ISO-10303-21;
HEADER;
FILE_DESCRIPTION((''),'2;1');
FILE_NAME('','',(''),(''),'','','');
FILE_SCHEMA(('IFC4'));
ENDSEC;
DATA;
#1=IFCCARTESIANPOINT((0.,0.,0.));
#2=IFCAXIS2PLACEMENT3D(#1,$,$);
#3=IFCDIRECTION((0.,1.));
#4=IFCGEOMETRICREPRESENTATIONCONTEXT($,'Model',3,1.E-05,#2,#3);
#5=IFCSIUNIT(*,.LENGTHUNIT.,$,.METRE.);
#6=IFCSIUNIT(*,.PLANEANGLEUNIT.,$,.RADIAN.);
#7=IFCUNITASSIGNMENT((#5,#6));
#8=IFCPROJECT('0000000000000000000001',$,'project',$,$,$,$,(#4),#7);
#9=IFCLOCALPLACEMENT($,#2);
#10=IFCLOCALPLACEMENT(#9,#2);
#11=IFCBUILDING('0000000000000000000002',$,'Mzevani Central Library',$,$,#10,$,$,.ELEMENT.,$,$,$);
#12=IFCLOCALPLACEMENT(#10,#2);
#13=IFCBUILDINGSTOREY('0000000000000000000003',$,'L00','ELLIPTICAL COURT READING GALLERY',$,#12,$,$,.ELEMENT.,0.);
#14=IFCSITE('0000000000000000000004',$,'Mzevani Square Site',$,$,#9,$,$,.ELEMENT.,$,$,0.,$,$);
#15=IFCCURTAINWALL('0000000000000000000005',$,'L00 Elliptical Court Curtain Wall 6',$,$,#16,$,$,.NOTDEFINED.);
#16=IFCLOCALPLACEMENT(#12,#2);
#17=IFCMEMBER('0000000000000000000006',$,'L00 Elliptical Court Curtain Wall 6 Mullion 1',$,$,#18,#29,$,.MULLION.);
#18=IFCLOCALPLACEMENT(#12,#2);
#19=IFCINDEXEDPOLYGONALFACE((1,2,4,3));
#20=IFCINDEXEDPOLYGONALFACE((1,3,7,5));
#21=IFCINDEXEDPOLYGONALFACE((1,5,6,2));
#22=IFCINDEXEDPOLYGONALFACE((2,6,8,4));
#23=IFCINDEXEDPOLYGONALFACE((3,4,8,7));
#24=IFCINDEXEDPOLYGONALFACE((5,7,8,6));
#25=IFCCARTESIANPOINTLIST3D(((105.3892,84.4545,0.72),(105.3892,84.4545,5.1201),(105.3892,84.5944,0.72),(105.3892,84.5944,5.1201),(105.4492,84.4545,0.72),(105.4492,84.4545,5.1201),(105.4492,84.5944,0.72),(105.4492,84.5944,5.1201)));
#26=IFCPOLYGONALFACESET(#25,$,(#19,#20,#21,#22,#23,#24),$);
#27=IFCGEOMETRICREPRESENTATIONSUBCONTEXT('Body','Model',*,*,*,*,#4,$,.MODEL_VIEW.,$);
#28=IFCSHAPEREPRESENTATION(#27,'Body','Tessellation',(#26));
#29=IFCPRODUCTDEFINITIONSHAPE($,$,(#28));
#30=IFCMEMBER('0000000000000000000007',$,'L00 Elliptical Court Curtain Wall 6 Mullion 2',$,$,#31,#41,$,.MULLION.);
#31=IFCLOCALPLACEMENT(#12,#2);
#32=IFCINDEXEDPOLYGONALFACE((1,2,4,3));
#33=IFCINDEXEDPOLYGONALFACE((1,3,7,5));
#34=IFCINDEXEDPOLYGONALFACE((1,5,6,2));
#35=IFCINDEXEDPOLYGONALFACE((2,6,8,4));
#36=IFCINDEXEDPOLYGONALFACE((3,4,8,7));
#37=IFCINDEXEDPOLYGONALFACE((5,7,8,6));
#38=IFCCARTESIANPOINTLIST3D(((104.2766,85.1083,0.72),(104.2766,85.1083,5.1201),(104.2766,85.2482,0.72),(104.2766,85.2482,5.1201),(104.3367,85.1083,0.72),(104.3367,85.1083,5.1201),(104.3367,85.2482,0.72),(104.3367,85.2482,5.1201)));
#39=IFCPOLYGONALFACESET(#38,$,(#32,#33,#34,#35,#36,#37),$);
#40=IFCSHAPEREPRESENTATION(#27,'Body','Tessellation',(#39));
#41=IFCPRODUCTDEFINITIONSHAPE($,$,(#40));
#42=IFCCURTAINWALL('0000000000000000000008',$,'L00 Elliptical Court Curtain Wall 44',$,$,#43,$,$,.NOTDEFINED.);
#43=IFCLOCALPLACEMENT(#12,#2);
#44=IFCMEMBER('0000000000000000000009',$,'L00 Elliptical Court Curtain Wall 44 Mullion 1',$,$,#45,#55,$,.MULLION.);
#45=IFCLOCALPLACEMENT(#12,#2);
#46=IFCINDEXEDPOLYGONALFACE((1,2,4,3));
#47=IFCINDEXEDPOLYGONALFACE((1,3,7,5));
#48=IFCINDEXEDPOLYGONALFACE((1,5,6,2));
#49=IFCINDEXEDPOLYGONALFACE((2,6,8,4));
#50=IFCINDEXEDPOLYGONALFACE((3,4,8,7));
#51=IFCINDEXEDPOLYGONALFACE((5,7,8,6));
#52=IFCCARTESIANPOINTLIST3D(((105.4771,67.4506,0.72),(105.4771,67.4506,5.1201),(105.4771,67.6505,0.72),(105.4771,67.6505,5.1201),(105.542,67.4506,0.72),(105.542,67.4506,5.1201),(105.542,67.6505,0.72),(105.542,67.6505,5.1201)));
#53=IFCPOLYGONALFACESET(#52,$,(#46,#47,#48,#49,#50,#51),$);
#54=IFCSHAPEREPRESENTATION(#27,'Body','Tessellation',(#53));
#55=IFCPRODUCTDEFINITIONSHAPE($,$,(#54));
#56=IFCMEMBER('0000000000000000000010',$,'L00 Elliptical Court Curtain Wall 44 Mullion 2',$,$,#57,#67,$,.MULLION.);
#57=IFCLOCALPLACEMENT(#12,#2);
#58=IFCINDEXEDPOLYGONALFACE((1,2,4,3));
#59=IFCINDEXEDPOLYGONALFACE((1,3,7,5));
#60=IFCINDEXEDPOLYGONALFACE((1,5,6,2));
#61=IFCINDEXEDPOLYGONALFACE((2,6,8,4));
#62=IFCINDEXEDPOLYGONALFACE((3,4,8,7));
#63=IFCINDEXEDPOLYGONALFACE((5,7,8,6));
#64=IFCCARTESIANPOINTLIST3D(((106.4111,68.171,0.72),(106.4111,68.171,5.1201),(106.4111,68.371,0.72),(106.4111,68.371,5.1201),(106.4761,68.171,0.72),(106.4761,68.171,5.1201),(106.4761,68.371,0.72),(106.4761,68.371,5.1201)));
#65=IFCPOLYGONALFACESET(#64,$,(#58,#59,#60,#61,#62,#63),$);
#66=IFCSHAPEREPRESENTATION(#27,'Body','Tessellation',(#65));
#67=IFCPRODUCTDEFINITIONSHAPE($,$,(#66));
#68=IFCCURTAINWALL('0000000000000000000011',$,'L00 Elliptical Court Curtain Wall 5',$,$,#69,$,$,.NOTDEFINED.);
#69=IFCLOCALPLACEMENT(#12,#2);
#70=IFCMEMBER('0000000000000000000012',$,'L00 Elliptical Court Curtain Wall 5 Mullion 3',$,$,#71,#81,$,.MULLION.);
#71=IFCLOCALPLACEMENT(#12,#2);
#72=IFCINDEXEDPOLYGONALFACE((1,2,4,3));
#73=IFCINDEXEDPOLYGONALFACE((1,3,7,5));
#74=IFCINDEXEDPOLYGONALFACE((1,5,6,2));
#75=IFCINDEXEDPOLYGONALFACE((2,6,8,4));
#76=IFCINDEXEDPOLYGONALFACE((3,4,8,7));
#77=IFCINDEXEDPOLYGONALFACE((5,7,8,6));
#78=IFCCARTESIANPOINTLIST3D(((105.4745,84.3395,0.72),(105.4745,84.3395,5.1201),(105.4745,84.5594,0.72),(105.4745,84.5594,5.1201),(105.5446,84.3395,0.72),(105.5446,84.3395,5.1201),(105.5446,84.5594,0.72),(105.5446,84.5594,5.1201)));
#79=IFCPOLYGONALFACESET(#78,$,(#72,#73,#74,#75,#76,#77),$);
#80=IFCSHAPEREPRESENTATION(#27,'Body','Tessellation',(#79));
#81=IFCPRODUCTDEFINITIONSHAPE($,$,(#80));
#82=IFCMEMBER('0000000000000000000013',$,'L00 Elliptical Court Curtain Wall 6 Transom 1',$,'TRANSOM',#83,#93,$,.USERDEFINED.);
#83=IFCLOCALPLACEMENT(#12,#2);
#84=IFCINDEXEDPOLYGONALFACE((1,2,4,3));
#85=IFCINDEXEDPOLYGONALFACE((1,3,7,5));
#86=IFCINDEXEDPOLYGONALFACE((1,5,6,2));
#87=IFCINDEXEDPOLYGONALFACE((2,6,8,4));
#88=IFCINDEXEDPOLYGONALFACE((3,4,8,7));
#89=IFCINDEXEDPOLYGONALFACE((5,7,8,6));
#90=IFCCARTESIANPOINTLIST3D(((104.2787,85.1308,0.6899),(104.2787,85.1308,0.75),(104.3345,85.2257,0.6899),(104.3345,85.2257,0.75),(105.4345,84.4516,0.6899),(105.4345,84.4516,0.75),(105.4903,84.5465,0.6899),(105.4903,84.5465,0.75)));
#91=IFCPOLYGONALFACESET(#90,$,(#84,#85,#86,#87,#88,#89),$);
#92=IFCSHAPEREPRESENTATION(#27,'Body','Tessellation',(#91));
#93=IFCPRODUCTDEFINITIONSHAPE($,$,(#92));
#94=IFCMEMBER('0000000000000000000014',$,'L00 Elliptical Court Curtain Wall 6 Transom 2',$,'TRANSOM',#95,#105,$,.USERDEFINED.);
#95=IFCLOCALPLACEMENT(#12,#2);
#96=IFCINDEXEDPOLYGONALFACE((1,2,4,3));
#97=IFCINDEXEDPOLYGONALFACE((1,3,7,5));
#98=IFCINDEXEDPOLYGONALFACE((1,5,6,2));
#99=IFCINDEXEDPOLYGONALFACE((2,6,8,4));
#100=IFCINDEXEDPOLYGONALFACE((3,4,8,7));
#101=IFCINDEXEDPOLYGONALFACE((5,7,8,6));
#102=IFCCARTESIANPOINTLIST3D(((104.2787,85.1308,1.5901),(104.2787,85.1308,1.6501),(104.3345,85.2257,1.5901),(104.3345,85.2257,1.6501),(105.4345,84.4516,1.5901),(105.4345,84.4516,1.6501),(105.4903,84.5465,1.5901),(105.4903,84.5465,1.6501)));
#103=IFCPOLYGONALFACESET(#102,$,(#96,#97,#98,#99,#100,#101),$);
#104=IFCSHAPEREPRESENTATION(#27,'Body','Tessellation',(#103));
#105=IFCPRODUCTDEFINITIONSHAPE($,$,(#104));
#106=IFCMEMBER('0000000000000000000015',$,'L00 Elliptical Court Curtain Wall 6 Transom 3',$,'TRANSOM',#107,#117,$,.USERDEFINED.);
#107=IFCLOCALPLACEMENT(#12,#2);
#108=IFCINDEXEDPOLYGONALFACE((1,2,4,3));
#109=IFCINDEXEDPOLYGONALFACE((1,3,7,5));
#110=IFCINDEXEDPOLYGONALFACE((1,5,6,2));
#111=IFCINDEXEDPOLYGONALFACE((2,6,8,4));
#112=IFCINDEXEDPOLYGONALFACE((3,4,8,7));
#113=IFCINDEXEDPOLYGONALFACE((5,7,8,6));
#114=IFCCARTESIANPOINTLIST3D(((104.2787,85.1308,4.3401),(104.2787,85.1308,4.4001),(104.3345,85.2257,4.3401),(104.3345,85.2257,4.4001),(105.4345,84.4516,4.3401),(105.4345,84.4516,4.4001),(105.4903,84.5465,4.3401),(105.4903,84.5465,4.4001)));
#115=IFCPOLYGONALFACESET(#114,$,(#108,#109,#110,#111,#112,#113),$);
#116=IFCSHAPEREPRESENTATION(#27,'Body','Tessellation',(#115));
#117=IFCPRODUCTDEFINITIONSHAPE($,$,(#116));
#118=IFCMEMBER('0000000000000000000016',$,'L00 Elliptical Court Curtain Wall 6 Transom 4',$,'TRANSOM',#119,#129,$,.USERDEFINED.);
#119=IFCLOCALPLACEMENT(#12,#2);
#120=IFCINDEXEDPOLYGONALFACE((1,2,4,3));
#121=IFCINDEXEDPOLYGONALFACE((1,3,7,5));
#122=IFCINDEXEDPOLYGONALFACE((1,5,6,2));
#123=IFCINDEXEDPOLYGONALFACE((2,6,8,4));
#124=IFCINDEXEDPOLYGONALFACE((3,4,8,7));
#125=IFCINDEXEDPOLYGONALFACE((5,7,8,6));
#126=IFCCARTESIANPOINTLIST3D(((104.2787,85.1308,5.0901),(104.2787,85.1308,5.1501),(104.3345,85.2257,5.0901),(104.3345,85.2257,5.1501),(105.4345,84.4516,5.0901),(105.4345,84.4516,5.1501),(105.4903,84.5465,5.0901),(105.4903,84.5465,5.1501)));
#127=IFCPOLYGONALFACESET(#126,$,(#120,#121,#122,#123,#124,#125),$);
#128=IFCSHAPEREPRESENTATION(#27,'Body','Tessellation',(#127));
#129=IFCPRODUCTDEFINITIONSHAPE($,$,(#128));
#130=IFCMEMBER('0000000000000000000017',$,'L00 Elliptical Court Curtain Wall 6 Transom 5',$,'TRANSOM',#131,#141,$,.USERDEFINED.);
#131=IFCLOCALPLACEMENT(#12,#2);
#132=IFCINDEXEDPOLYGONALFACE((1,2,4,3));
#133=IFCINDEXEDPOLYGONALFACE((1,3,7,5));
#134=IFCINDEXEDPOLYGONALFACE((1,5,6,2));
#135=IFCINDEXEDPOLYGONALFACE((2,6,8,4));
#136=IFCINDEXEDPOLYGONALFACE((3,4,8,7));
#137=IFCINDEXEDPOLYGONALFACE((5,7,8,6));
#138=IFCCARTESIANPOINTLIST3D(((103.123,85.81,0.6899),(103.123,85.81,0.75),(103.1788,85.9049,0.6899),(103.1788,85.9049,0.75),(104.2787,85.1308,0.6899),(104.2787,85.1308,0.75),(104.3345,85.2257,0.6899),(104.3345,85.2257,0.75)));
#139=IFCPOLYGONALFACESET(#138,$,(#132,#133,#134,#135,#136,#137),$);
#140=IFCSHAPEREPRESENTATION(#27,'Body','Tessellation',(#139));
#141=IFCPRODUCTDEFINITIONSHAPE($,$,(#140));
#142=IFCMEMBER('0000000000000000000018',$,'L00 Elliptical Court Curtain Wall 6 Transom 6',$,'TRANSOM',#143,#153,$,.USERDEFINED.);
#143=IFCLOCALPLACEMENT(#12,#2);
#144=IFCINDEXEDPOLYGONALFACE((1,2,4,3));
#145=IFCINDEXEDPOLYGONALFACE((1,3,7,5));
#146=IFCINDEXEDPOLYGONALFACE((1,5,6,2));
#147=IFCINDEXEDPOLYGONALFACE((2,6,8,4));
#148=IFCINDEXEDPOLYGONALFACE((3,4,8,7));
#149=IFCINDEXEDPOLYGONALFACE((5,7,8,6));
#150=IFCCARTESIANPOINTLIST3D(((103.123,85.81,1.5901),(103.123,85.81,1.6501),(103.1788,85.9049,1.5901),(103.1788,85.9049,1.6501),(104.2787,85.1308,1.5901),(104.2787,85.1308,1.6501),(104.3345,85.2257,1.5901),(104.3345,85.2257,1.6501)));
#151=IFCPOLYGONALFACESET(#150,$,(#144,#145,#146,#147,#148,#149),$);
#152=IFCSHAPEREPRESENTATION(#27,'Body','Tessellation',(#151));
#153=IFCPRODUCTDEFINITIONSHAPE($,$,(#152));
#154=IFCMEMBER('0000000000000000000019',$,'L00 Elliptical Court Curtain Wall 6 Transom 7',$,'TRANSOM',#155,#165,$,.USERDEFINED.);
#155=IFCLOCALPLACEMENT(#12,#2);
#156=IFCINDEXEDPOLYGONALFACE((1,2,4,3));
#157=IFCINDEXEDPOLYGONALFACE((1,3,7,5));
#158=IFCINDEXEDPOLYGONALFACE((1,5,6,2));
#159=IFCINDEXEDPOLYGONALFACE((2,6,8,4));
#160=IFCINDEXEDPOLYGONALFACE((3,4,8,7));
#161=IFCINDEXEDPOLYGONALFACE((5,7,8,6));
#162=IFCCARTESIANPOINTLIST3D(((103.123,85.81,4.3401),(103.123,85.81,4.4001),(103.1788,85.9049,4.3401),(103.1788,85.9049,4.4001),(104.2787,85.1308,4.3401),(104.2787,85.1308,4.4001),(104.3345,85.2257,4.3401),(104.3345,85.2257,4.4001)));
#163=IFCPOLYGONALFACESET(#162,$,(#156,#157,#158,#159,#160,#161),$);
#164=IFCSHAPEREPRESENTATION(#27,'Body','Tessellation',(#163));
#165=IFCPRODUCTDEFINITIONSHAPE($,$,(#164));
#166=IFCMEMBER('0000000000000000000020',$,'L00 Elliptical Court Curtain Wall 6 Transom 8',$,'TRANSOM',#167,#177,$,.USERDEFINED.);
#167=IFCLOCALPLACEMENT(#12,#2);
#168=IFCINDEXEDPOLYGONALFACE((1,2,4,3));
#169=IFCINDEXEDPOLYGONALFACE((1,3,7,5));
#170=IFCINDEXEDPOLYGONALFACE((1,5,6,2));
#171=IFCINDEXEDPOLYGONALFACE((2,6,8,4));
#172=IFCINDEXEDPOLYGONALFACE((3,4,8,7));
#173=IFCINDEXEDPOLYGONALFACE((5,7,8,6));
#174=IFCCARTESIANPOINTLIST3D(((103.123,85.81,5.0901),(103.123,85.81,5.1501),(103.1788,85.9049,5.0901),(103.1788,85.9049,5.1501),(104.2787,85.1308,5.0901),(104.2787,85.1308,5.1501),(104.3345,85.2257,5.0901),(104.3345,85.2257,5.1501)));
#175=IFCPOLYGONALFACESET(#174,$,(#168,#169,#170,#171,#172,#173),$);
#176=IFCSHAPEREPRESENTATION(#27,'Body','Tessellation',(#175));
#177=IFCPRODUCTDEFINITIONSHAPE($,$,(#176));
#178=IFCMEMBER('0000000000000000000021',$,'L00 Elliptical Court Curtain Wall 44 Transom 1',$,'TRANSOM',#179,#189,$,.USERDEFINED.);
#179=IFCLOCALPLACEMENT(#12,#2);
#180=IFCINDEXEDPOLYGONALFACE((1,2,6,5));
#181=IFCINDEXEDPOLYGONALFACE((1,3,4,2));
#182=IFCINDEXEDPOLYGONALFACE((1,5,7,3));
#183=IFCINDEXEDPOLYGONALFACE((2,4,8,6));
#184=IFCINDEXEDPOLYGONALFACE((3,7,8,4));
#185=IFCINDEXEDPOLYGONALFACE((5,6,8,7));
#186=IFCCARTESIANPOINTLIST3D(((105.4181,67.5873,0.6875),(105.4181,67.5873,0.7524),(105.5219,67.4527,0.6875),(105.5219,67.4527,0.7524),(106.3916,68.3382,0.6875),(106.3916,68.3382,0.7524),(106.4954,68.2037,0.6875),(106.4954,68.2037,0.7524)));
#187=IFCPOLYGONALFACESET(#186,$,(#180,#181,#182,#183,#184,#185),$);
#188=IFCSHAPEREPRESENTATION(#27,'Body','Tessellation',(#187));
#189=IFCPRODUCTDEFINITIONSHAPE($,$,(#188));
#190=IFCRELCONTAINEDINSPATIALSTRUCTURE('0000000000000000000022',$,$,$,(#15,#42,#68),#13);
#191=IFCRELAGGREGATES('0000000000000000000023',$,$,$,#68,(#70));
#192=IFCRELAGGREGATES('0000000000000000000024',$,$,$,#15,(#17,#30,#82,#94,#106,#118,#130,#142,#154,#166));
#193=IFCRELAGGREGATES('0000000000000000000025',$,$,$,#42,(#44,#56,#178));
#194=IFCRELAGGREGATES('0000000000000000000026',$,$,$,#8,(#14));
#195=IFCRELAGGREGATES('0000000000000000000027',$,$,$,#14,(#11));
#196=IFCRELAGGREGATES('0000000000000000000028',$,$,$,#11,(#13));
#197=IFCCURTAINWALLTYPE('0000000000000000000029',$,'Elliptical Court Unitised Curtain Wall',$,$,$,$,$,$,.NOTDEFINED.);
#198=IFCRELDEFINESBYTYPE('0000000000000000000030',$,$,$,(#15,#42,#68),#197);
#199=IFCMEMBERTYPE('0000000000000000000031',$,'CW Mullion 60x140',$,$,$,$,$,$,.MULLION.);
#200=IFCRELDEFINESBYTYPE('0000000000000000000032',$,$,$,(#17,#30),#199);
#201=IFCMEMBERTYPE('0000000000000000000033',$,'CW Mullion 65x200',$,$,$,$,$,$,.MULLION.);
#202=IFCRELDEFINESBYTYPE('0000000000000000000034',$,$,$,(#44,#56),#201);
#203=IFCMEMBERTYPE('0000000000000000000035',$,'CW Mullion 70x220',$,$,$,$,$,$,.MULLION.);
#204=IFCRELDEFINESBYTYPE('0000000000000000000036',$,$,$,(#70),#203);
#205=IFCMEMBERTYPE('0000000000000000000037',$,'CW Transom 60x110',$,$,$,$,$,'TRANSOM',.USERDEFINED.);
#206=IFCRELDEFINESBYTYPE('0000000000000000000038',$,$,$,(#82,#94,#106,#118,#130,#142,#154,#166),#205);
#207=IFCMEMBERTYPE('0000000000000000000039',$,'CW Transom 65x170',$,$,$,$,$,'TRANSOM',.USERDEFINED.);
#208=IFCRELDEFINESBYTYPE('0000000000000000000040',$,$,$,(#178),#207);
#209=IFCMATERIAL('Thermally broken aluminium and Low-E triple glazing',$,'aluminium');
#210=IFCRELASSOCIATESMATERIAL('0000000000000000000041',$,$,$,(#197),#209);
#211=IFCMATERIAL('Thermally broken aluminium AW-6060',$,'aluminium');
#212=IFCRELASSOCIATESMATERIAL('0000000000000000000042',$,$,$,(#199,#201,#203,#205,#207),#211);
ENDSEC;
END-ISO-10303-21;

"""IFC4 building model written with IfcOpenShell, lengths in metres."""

from ifc_helpers import new_model, si_unit, direction, frame, origin, origin_2d, place, context, subcontext, project, spatial, rectangle, extrude, material, material_profile, profile_set, type_object, element, aggregate, save


model = new_model("IFC4")

# Units and contexts
model_context = context("Model", 3, precision=1e-05, world=origin(), true_north=direction((0.0, 1.0)))
body_context = subcontext(model_context, "Body", "Model", "MODEL_VIEW")
ifc_project = project(units=[si_unit("LENGTHUNIT", "METRE"), si_unit("PLANEANGLEUNIT", "RADIAN")], contexts=[model_context])

# Site, building, storey
site_placement = place(None, origin())
site = spatial("IfcSite", under=ifc_project, at=site_placement, Name="Mzevani Square Site", CompositionType="ELEMENT", RefElevation=0.0)
building_placement = place(site_placement, origin())
building = spatial("IfcBuilding", under=site, at=building_placement, Name="Mzevani Central Library", CompositionType="ELEMENT")
storey_placement = place(building_placement, origin())
storey = spatial("IfcBuildingStorey", under=building, at=storey_placement, Name="L00", Description="ELLIPTICAL COURT READING GALLERY", CompositionType="ELEMENT", Elevation=0.0)

# Curtain walls, members
ifc_material_1 = material(Name="Thermally broken aluminium and Low-E triple glazing", Category="aluminium")
curtain_wall_type = type_object("IfcCurtainWallType", Name="Elliptical Court Unitised Curtain Wall", PredefinedType="NOTDEFINED", material=ifc_material_1)
curtain_wall_1_placement = place(storey_placement, origin())
curtain_wall_1 = element("IfcCurtainWall", 1, at=curtain_wall_1_placement, inside=storey, type_object=curtain_wall_type, Name="L00 Elliptical Court Curtain Wall 6", PredefinedType="NOTDEFINED")
ifc_material_2 = material(Name="Thermally broken aluminium AW-6060", Category="aluminium")
ifc_material_profile_1 = material_profile(ifc_material_2, rectangle(XDim=0.0601, YDim=0.1399, at=origin_2d()), Name="ALU M60x140")
ifc_profile_set_1 = profile_set([ifc_material_profile_1], Name="Thermally broken aluminium AW-6060")
member_type_1 = type_object("IfcMemberType", Name="CW Mullion 60x140", PredefinedType="MULLION", material=ifc_profile_set_1)
member_1_placement = place(storey_placement, frame((105.4192, 84.5244, 0.72), z_axis=(0.0, 0.0, 1.0), x_axis=(1.0, 0.0, 0.0)))
member_1 = element("IfcMember", 2, at=member_1_placement, type_object=member_type_1, Name="L00 Elliptical Court Curtain Wall 6 Mullion 1", PredefinedType="MULLION", context=body_context, shape_type="SweptSolid", body=[
    extrude(rectangle(XDim=0.0601, YDim=0.1399, at=origin_2d()), origin(), (0.0, 0.0, 1.0), 4.4001),
])
member_2_placement = place(storey_placement, frame((104.3066, 85.1782, 0.72), z_axis=(0.0, 0.0, 1.0), x_axis=(1.0, 0.0, 0.0)))
member_2 = element("IfcMember", 3, at=member_2_placement, type_object=member_type_1, Name="L00 Elliptical Court Curtain Wall 6 Mullion 2", PredefinedType="MULLION", context=body_context, shape_type="SweptSolid", body=[
    extrude(rectangle(XDim=0.0601, YDim=0.1399, at=origin_2d()), origin(), (0.0, 0.0, 1.0), 4.4001),
])
curtain_wall_2_placement = place(storey_placement, origin())
curtain_wall_2 = element("IfcCurtainWall", 4, at=curtain_wall_2_placement, inside=storey, type_object=curtain_wall_type, Name="L00 Elliptical Court Curtain Wall 44", PredefinedType="NOTDEFINED")
ifc_material_profile_2 = material_profile(ifc_material_2, rectangle(XDim=0.0649, YDim=0.2, at=origin_2d()), Name="ALU M65x200")
ifc_profile_set_2 = profile_set([ifc_material_profile_2], Name="Thermally broken aluminium AW-6060")
member_type_2 = type_object("IfcMemberType", Name="CW Mullion 65x200", PredefinedType="MULLION", material=ifc_profile_set_2)
member_3_placement = place(storey_placement, frame((105.5095, 67.5505, 0.72), z_axis=(0.0, 0.0, 1.0), x_axis=(1.0, 0.0, 0.0)))
member_3 = element("IfcMember", 5, at=member_3_placement, type_object=member_type_2, Name="L00 Elliptical Court Curtain Wall 44 Mullion 1", PredefinedType="MULLION", context=body_context, shape_type="SweptSolid", body=[
    extrude(rectangle(XDim=0.0649, YDim=0.2, at=origin_2d()), origin(), (0.0, 0.0, 1.0), 4.4001),
])
member_4_placement = place(storey_placement, frame((106.4436, 68.271, 0.72), z_axis=(0.0, 0.0, 1.0), x_axis=(1.0, 0.0, 0.0)))
member_4 = element("IfcMember", 6, at=member_4_placement, type_object=member_type_2, Name="L00 Elliptical Court Curtain Wall 44 Mullion 2", PredefinedType="MULLION", context=body_context, shape_type="SweptSolid", body=[
    extrude(rectangle(XDim=0.0649, YDim=0.2, at=origin_2d()), origin(), (0.0, 0.0, 1.0), 4.4001),
])

# Curtain wall, member
curtain_wall_3_placement = place(storey_placement, origin())
curtain_wall_3 = element("IfcCurtainWall", 7, at=curtain_wall_3_placement, inside=storey, type_object=curtain_wall_type, Name="L00 Elliptical Court Curtain Wall 5", PredefinedType="NOTDEFINED")
ifc_material_profile_3 = material_profile(ifc_material_2, rectangle(XDim=0.0701, YDim=0.22, at=origin_2d()), Name="ALU M70x220")
ifc_profile_set_3 = profile_set([ifc_material_profile_3], Name="Thermally broken aluminium AW-6060")
member_type_3 = type_object("IfcMemberType", Name="CW Mullion 70x220", PredefinedType="MULLION", material=ifc_profile_set_3)
member_5_placement = place(storey_placement, frame((105.5095, 84.4495, 0.72), z_axis=(0.0, 0.0, 1.0), x_axis=(1.0, 0.0, 0.0)))
member_5 = element("IfcMember", 8, at=member_5_placement, type_object=member_type_3, Name="L00 Elliptical Court Curtain Wall 5 Mullion 3", PredefinedType="MULLION", context=body_context, shape_type="SweptSolid", body=[
    extrude(rectangle(XDim=0.0701, YDim=0.22, at=origin_2d()), origin(), (0.0, 0.0, 1.0), 4.4001),
])

# Members
ifc_material_profile_4 = material_profile(ifc_material_2, rectangle(XDim=0.1101, YDim=0.0601, at=origin_2d()), Name="ALU T60x110")
ifc_profile_set_4 = profile_set([ifc_material_profile_4], Name="Thermally broken aluminium AW-6060")
member_type_4 = type_object("IfcMemberType", Name="CW Transom 60x110", ElementType="TRANSOM", PredefinedType="USERDEFINED", material=ifc_profile_set_4)
member_6_placement = place(storey_placement, frame((105.4624, 84.499, 0.72), z_axis=(-0.862149, 0.506654, 0.0), x_axis=(-0.506654, -0.862149, 0.0)))
member_6 = element("IfcMember", 9, at=member_6_placement, type_object=member_type_4, Name="L00 Elliptical Court Curtain Wall 6 Transom 1", ObjectType="TRANSOM", PredefinedType="USERDEFINED", context=body_context, shape_type="SweptSolid", body=[
    extrude(rectangle(XDim=0.1101, YDim=0.0601, at=origin_2d()), origin(), (0.0, 0.0, 1.0), 1.3406),
])
member_7_placement = place(storey_placement, frame((105.4624, 84.499, 1.6201), z_axis=(-0.862149, 0.506654, 0.0), x_axis=(-0.506654, -0.862149, 0.0)))
member_7 = element("IfcMember", 10, at=member_7_placement, type_object=member_type_4, Name="L00 Elliptical Court Curtain Wall 6 Transom 2", ObjectType="TRANSOM", PredefinedType="USERDEFINED", context=body_context, shape_type="SweptSolid", body=[
    extrude(rectangle(XDim=0.1101, YDim=0.0601, at=origin_2d()), origin(), (0.0, 0.0, 1.0), 1.3406),
])
member_8_placement = place(storey_placement, frame((105.4624, 84.499, 4.3701), z_axis=(-0.862149, 0.506654, 0.0), x_axis=(-0.506654, -0.862149, 0.0)))
member_8 = element("IfcMember", 11, at=member_8_placement, type_object=member_type_4, Name="L00 Elliptical Court Curtain Wall 6 Transom 3", ObjectType="TRANSOM", PredefinedType="USERDEFINED", context=body_context, shape_type="SweptSolid", body=[
    extrude(rectangle(XDim=0.1101, YDim=0.0601, at=origin_2d()), origin(), (0.0, 0.0, 1.0), 1.3406),
])
member_9_placement = place(storey_placement, frame((105.4624, 84.499, 5.1201), z_axis=(-0.862149, 0.506654, 0.0), x_axis=(-0.506654, -0.862149, 0.0)))
member_9 = element("IfcMember", 12, at=member_9_placement, type_object=member_type_4, Name="L00 Elliptical Court Curtain Wall 6 Transom 4", ObjectType="TRANSOM", PredefinedType="USERDEFINED", context=body_context, shape_type="SweptSolid", body=[
    extrude(rectangle(XDim=0.1101, YDim=0.0601, at=origin_2d()), origin(), (0.0, 0.0, 1.0), 1.3406),
])
member_10_placement = place(storey_placement, frame((104.3066, 85.1782, 0.72), z_axis=(-0.862149, 0.506654, 0.0), x_axis=(-0.506654, -0.862149, 0.0)))
member_10 = element("IfcMember", 13, at=member_10_placement, type_object=member_type_4, Name="L00 Elliptical Court Curtain Wall 6 Transom 5", ObjectType="TRANSOM", PredefinedType="USERDEFINED", context=body_context, shape_type="SweptSolid", body=[
    extrude(rectangle(XDim=0.1101, YDim=0.0601, at=origin_2d()), origin(), (0.0, 0.0, 1.0), 1.3406),
])
member_11_placement = place(storey_placement, frame((104.3066, 85.1782, 1.6201), z_axis=(-0.862149, 0.506654, 0.0), x_axis=(-0.506654, -0.862149, 0.0)))
member_11 = element("IfcMember", 14, at=member_11_placement, type_object=member_type_4, Name="L00 Elliptical Court Curtain Wall 6 Transom 6", ObjectType="TRANSOM", PredefinedType="USERDEFINED", context=body_context, shape_type="SweptSolid", body=[
    extrude(rectangle(XDim=0.1101, YDim=0.0601, at=origin_2d()), origin(), (0.0, 0.0, 1.0), 1.3406),
])
member_12_placement = place(storey_placement, frame((104.3066, 85.1782, 4.3701), z_axis=(-0.862149, 0.506654, 0.0), x_axis=(-0.506654, -0.862149, 0.0)))
member_12 = element("IfcMember", 15, at=member_12_placement, type_object=member_type_4, Name="L00 Elliptical Court Curtain Wall 6 Transom 7", ObjectType="TRANSOM", PredefinedType="USERDEFINED", context=body_context, shape_type="SweptSolid", body=[
    extrude(rectangle(XDim=0.1101, YDim=0.0601, at=origin_2d()), origin(), (0.0, 0.0, 1.0), 1.3406),
])
member_13_placement = place(storey_placement, frame((104.3066, 85.1782, 5.1201), z_axis=(-0.862149, 0.506654, 0.0), x_axis=(-0.506654, -0.862149, 0.0)))
member_13 = element("IfcMember", 16, at=member_13_placement, type_object=member_type_4, Name="L00 Elliptical Court Curtain Wall 6 Transom 8", ObjectType="TRANSOM", PredefinedType="USERDEFINED", context=body_context, shape_type="SweptSolid", body=[
    extrude(rectangle(XDim=0.1101, YDim=0.0601, at=origin_2d()), origin(), (0.0, 0.0, 1.0), 1.3406),
])
ifc_material_profile_5 = material_profile(ifc_material_2, rectangle(XDim=0.1699, YDim=0.0649, at=origin_2d()), Name="ALU T65x170")
ifc_profile_set_5 = profile_set([ifc_material_profile_5], Name="Thermally broken aluminium AW-6060")
member_type_5 = type_object("IfcMemberType", Name="CW Transom 65x170", ElementType="TRANSOM", PredefinedType="USERDEFINED", material=ifc_profile_set_5)
member_14_placement = place(storey_placement, frame((105.47, 67.52, 0.72), z_axis=(0.791826, 0.610747, 0.0), x_axis=(-0.610747, 0.791826, 0.0)))
member_14 = element("IfcMember", 17, at=member_14_placement, type_object=member_type_5, Name="L00 Elliptical Court Curtain Wall 44 Transom 1", ObjectType="TRANSOM", PredefinedType="USERDEFINED", context=body_context, shape_type="SweptSolid", body=[
    extrude(rectangle(XDim=0.1699, YDim=0.0649, at=origin_2d()), origin(), (0.0, 0.0, 1.0), 1.2295),
])

aggregate(curtain_wall_3, [member_5])
aggregate(curtain_wall_1, [member_1, member_2, member_6, member_7, member_8, member_9, member_10, member_11, member_12, member_13])
aggregate(curtain_wall_2, [member_3, member_4, member_14])

save(model, "model.ifc")
